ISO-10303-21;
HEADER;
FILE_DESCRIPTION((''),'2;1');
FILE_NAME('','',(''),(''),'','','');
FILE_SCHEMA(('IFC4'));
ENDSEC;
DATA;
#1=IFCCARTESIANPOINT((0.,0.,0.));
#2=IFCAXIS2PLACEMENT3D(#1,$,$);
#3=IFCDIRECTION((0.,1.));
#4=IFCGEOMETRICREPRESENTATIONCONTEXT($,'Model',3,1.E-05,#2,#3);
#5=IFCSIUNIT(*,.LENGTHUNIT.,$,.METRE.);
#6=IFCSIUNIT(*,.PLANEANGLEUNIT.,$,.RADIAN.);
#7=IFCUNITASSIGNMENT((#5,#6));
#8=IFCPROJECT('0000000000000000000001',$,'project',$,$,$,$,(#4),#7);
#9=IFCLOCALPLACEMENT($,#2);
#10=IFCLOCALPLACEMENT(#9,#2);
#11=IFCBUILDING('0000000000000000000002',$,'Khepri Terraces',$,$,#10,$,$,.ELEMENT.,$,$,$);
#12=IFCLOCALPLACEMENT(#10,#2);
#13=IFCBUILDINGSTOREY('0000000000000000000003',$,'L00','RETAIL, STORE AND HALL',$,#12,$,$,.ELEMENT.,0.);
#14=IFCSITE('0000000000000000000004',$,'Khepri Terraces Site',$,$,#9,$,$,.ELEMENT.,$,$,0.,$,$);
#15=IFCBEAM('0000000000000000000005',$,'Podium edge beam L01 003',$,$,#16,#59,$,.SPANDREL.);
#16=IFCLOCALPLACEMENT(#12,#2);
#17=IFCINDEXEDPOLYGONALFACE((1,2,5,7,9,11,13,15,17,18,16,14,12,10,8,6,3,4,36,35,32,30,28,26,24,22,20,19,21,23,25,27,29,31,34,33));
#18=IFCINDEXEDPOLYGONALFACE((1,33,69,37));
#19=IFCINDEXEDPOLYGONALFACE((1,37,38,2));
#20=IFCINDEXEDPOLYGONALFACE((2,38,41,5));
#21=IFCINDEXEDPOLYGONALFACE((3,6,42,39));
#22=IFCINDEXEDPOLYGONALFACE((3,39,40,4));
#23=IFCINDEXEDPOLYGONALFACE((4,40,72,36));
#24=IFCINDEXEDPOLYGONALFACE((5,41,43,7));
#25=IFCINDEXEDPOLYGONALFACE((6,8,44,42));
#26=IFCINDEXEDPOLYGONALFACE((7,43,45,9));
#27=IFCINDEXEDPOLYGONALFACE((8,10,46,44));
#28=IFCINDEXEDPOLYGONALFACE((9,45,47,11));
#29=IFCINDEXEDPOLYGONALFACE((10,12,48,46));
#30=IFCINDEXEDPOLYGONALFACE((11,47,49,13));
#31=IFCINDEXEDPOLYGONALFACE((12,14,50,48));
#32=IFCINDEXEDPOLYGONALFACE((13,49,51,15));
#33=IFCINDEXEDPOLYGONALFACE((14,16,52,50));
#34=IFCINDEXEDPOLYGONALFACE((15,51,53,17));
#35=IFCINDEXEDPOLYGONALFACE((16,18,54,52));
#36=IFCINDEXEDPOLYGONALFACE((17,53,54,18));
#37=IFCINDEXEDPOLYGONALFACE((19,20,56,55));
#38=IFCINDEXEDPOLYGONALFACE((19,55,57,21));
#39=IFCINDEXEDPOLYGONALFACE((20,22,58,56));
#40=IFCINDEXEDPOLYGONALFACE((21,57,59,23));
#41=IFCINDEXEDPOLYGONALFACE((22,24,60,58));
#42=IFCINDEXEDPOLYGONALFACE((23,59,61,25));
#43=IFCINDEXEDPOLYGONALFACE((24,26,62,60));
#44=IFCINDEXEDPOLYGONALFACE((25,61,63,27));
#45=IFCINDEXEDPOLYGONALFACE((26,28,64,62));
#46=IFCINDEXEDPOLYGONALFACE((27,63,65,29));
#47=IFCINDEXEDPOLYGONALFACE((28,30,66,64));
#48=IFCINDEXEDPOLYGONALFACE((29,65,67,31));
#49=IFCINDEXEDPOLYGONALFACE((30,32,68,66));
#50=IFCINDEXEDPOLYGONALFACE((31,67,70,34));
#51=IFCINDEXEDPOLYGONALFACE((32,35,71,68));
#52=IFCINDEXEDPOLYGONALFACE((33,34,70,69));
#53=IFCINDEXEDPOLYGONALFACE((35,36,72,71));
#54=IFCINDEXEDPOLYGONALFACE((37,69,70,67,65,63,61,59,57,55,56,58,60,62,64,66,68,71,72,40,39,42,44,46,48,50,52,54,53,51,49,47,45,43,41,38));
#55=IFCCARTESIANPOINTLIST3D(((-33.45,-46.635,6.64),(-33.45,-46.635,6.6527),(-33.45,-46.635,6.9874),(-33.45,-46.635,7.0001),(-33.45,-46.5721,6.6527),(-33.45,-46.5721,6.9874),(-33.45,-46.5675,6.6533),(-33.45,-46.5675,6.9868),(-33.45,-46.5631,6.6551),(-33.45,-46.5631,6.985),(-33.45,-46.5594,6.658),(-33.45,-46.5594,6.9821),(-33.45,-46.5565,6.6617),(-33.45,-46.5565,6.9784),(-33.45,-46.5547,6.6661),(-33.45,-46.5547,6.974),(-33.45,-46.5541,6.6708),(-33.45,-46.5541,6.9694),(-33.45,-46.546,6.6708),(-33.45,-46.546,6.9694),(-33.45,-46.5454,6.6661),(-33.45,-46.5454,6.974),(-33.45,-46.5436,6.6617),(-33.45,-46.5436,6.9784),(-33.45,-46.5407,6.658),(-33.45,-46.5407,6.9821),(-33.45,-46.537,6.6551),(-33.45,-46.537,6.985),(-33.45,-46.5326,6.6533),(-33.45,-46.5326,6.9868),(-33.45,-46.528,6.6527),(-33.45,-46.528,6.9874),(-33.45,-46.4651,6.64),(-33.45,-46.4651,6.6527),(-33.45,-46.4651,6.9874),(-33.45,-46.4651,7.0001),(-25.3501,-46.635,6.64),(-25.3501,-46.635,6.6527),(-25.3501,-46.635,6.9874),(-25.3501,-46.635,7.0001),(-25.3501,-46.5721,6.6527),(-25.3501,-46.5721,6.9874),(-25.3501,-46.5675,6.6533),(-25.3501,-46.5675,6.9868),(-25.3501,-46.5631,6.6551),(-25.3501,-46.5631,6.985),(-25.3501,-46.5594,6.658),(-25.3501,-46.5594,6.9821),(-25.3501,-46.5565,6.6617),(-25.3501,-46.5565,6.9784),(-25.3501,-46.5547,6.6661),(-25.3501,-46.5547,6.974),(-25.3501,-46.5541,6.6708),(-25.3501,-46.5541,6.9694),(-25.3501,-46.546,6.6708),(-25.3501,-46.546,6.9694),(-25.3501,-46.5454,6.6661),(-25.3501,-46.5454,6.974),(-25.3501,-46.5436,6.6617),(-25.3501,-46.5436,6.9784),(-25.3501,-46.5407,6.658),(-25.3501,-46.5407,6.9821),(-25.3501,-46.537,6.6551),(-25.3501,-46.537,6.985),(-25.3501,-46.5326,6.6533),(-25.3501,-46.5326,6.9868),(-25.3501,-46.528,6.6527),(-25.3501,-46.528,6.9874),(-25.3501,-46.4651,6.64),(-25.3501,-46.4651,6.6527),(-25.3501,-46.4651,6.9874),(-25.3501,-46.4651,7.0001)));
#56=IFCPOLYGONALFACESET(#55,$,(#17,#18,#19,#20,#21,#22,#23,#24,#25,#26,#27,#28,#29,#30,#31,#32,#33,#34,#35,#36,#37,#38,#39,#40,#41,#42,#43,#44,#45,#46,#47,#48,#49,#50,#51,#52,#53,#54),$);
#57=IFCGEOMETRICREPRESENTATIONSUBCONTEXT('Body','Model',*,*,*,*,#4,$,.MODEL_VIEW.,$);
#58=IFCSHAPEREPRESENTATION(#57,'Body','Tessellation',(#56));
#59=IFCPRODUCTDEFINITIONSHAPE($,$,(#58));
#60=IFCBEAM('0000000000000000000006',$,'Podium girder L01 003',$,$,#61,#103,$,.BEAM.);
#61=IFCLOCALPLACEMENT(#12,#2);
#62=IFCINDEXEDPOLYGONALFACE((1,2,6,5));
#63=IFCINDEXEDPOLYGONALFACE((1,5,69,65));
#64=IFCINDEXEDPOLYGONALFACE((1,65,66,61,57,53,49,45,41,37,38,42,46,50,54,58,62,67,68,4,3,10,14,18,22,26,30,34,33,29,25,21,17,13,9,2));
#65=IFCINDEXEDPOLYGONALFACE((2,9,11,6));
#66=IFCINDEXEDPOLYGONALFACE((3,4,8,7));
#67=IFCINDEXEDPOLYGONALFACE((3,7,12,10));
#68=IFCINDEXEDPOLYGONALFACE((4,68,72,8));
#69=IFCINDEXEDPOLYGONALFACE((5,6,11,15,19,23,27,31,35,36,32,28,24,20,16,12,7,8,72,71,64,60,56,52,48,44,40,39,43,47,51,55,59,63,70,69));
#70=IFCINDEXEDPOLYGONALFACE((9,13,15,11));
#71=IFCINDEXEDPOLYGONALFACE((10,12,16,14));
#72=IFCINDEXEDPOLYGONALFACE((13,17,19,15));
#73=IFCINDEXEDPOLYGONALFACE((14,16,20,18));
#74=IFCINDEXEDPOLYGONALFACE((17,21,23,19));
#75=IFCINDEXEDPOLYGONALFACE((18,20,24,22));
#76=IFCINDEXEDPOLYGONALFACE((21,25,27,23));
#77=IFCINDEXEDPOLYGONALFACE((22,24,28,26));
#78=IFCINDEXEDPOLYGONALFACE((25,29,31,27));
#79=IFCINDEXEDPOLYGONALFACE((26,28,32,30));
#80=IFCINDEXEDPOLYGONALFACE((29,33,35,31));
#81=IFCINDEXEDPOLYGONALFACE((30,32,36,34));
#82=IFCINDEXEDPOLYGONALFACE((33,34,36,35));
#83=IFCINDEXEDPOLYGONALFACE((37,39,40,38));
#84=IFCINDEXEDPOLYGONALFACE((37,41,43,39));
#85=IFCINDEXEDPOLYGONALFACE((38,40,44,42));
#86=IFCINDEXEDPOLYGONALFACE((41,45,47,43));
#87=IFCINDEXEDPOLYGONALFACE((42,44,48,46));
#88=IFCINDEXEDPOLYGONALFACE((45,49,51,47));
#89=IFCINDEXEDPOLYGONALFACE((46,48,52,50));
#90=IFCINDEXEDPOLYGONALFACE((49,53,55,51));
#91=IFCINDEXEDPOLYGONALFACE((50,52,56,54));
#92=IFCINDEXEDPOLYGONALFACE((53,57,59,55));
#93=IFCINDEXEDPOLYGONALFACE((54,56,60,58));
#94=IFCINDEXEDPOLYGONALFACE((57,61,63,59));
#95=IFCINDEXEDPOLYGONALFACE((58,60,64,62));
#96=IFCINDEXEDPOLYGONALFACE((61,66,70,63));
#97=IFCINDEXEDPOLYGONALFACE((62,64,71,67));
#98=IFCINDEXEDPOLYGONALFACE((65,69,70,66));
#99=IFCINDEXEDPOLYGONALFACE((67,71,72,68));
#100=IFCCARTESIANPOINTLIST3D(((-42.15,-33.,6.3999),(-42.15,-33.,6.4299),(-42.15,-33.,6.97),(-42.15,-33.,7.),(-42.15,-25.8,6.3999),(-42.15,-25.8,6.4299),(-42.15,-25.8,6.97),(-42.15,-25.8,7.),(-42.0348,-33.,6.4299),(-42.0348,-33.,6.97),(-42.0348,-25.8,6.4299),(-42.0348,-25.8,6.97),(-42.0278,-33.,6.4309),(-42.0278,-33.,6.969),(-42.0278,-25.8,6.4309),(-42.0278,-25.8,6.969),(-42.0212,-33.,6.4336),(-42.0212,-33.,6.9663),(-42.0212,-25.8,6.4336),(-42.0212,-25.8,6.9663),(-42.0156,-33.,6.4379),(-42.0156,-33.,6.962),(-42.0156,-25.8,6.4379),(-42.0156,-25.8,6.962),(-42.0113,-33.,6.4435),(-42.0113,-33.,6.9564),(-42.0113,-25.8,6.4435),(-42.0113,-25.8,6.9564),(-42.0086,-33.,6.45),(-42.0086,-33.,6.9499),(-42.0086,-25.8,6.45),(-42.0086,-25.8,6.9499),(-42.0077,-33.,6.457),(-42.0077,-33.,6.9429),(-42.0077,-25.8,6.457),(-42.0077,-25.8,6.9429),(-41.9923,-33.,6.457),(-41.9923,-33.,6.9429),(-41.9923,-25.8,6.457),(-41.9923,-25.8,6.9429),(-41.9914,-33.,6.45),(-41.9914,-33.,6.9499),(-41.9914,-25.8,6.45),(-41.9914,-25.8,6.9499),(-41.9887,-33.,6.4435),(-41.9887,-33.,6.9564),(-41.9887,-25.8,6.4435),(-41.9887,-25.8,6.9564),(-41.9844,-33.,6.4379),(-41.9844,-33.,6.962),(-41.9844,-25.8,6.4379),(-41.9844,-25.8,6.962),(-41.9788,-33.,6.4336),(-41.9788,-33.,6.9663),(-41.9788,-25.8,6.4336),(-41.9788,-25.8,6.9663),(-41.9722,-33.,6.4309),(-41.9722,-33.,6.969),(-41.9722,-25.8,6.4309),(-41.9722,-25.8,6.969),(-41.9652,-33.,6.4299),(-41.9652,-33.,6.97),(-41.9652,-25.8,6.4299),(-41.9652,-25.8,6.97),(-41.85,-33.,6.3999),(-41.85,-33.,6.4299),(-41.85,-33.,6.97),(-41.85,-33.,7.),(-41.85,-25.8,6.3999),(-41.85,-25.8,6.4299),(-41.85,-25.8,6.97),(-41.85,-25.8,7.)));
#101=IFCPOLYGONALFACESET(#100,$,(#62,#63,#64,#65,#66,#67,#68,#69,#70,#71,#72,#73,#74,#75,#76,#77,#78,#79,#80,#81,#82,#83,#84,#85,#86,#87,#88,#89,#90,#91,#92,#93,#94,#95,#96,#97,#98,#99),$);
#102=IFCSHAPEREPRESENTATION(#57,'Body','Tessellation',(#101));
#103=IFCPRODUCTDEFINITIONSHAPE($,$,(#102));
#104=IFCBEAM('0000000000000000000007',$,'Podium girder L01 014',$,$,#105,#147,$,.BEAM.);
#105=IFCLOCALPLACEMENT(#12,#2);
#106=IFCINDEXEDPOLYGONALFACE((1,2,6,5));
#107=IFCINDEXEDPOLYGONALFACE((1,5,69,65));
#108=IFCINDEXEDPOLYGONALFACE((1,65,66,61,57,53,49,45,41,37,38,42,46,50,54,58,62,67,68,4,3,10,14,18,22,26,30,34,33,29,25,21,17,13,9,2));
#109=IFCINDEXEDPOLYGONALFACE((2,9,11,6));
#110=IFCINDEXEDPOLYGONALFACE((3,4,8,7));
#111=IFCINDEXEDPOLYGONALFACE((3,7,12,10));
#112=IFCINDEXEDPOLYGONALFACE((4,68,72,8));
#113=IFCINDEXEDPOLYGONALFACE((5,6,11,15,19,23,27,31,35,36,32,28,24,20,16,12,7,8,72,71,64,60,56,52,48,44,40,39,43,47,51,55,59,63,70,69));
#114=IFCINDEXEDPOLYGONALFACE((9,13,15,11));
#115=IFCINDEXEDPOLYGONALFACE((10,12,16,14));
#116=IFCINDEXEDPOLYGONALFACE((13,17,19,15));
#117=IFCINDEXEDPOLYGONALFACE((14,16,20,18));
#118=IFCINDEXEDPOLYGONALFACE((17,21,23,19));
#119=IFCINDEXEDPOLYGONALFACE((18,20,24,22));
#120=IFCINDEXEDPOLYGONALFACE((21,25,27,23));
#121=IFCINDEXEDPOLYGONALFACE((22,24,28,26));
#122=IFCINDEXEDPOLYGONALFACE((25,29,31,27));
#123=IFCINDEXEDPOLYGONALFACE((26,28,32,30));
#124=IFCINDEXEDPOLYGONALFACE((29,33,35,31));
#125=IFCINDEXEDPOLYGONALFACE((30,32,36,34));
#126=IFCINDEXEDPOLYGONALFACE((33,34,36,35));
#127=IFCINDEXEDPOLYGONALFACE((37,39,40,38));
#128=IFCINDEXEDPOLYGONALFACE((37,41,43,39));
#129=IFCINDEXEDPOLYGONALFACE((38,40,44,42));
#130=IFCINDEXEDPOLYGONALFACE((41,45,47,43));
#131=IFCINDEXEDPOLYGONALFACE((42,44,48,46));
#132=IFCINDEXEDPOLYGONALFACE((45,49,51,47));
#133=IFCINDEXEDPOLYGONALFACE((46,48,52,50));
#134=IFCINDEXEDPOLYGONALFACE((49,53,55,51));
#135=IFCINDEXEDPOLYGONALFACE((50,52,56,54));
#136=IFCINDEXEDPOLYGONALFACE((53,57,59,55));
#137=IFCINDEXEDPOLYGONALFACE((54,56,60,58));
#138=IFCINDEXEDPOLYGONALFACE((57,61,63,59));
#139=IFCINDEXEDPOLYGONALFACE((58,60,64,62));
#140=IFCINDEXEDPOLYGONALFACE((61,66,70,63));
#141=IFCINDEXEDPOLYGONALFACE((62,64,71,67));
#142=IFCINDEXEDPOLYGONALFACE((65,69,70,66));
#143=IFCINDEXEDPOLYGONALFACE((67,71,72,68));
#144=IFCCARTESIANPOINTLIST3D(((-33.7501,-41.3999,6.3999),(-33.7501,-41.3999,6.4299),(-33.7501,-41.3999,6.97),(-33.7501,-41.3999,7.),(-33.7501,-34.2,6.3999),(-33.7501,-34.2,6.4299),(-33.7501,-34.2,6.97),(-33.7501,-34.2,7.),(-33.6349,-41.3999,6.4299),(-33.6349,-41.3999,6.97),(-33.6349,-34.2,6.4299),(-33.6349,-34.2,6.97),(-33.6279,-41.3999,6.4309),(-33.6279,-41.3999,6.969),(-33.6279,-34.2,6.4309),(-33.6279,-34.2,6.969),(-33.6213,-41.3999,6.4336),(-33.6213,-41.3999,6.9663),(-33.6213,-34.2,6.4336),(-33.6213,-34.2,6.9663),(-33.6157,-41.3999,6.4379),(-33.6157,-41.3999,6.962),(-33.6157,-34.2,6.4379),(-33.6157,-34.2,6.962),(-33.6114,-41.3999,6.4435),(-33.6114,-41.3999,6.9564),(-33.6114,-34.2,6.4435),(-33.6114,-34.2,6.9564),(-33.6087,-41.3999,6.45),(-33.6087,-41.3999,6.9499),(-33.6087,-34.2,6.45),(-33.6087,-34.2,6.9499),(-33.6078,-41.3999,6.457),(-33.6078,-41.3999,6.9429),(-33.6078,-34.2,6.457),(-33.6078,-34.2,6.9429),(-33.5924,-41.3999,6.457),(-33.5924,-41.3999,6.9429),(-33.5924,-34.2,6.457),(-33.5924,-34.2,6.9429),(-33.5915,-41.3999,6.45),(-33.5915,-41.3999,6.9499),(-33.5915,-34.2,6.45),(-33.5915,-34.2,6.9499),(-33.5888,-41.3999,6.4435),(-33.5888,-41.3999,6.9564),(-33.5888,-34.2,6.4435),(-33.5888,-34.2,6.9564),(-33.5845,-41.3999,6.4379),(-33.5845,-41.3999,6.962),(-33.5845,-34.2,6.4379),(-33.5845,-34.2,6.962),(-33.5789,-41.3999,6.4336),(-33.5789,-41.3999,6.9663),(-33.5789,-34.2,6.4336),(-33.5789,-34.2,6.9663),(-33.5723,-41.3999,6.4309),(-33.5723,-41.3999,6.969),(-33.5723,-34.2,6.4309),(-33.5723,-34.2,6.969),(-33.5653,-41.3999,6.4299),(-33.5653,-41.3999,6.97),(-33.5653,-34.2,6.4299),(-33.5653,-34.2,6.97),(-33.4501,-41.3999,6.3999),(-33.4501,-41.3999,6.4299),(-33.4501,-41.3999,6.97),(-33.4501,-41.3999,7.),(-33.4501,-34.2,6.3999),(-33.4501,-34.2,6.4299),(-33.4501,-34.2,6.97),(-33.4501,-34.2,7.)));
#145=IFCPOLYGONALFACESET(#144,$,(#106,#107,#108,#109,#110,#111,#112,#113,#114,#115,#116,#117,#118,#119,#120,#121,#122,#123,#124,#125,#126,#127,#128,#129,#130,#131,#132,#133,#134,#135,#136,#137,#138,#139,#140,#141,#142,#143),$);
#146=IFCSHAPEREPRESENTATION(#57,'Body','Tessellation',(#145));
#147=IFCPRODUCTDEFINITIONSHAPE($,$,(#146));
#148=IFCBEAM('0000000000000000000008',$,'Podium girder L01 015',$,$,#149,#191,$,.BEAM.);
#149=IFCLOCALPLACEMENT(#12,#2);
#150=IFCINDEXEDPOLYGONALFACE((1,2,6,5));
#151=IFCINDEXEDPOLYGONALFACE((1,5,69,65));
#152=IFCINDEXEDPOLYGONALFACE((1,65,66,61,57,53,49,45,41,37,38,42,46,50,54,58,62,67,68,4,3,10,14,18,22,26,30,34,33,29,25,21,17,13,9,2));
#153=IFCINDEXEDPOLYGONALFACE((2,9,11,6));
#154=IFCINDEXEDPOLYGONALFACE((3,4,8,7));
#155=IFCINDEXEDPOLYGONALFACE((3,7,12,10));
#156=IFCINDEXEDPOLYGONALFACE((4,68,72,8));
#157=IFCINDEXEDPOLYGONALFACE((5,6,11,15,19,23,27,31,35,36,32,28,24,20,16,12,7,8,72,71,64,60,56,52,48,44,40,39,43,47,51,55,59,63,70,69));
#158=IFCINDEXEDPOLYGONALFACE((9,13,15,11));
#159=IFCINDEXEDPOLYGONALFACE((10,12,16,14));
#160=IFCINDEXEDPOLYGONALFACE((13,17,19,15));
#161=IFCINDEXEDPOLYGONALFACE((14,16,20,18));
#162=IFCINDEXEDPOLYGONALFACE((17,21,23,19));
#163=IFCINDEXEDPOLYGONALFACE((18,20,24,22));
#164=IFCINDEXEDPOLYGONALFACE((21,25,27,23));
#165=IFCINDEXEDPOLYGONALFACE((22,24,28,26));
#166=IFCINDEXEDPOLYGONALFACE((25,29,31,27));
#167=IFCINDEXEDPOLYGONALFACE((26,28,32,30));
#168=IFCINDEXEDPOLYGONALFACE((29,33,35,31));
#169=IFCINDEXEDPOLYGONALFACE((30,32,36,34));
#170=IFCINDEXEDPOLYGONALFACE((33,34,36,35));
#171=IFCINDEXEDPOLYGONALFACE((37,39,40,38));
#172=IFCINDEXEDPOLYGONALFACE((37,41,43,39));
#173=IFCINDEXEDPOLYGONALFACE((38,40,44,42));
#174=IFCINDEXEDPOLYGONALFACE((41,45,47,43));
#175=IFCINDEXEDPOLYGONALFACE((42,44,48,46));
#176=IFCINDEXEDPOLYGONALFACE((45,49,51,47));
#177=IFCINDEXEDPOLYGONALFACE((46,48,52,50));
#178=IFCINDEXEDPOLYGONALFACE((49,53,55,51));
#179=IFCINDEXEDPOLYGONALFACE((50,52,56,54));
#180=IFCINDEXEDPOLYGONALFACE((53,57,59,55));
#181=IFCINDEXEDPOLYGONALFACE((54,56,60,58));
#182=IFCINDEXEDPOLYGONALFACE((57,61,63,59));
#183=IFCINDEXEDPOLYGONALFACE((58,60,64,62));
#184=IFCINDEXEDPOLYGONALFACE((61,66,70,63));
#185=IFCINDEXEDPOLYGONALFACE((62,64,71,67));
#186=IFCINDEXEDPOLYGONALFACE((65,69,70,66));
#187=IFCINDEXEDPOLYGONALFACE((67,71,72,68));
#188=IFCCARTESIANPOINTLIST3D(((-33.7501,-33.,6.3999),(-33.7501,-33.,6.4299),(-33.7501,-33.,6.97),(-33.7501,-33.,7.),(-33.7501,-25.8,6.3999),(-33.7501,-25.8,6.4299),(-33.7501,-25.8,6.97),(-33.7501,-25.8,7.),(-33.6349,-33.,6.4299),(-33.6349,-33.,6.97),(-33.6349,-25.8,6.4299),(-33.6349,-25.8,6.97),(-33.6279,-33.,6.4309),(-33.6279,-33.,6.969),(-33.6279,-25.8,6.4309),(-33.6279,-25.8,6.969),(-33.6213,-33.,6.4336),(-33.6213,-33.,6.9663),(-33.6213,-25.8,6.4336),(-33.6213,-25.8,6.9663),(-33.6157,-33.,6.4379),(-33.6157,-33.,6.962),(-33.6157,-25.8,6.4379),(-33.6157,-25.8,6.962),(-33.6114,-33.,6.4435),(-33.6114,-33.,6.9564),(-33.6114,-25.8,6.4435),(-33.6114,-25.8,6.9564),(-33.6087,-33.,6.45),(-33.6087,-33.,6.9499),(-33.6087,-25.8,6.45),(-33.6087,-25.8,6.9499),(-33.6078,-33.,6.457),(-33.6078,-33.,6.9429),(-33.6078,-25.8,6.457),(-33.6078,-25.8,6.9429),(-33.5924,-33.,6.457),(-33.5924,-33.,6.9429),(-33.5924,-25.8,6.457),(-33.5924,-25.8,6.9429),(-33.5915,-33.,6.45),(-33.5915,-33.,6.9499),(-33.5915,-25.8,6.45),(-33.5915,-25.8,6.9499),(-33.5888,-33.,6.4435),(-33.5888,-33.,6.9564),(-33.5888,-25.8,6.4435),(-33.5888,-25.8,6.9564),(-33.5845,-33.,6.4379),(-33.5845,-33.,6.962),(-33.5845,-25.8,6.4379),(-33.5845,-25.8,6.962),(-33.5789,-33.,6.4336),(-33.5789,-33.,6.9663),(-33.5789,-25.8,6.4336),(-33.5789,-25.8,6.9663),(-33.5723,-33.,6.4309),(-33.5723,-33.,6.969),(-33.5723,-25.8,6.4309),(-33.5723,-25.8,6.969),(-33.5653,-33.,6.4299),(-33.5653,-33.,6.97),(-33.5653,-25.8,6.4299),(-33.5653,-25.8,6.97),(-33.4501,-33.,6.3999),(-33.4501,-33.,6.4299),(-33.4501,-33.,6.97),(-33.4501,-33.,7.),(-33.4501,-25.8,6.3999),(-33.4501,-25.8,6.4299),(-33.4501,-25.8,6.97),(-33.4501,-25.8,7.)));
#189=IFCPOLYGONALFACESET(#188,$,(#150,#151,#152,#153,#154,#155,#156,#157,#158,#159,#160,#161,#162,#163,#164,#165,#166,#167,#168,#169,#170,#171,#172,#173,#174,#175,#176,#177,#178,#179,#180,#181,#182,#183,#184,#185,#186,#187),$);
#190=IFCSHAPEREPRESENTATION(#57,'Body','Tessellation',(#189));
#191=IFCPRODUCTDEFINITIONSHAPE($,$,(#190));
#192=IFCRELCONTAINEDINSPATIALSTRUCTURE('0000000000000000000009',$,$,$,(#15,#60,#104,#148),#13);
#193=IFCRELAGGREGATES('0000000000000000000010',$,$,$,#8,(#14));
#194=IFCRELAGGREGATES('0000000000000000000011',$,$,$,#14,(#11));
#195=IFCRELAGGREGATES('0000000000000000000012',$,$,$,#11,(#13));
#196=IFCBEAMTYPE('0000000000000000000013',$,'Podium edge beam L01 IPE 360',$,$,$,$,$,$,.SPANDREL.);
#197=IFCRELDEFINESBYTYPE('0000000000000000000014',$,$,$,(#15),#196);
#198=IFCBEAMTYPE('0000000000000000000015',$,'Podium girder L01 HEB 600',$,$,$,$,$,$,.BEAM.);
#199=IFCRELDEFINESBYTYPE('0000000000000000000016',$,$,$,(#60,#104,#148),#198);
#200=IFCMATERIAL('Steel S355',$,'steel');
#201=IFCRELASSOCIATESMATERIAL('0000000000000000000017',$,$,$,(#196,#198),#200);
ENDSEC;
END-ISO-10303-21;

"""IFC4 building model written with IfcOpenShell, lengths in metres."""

from ifc_helpers import new_model, si_unit, direction, frame, origin, origin_2d, place, context, subcontext, project, spatial, i_section, extrude, material, material_profile, profile_set, type_object, element, save


model = new_model("IFC4")

# Units and contexts
model_context = context("Model", 3, precision=1e-05, world=origin(), true_north=direction((0.0, 1.0)))
body_context = subcontext(model_context, "Body", "Model", "MODEL_VIEW")
ifc_project = project(units=[si_unit("LENGTHUNIT", "METRE"), si_unit("PLANEANGLEUNIT", "RADIAN")], contexts=[model_context])

# Site, building, storey
site_placement = place(None, origin())
site = spatial("IfcSite", under=ifc_project, at=site_placement, Name="Khepri Terraces Site", CompositionType="ELEMENT", RefElevation=0.0)
building_placement = place(site_placement, origin())
building = spatial("IfcBuilding", under=site, at=building_placement, Name="Khepri Terraces", CompositionType="ELEMENT")
storey_placement = place(building_placement, origin())
storey = spatial("IfcBuildingStorey", under=building, at=storey_placement, Name="L00", Description="RETAIL, STORE AND HALL", CompositionType="ELEMENT", Elevation=0.0)

# Beams
ifc_material_1 = material(Name="Steel S355", Category="steel")
ifc_material_profile_1 = material_profile(ifc_material_1, i_section(OverallWidth=0.1699, OverallDepth=0.3601, WebThickness=0.0081, FlangeThickness=0.0127, FilletRadius=0.0181, at=origin_2d()), Name="Steel S355", Category="steel")
ifc_profile_set_1 = profile_set([ifc_material_profile_1], Name="Steel S355")
beam_type_1 = type_object("IfcBeamType", Name="Podium edge beam L01 IPE 360", PredefinedType="SPANDREL", material=ifc_profile_set_1)
beam_1_placement = place(storey_placement, frame((-33.45, -46.55, 6.8201), z_axis=(1.0, 0.0, 0.0), x_axis=(0.0, 1.0, 0.0)))
element("IfcBeam", 1, at=beam_1_placement, inside=storey, type_object=beam_type_1, Name="Podium edge beam L01 003", PredefinedType="SPANDREL", context=body_context, shape_type="SweptSolid", body=[
    extrude(i_section(OverallWidth=0.1699, OverallDepth=0.3601, WebThickness=0.0081, FlangeThickness=0.0127, FilletRadius=0.0181, at=origin_2d()), origin(), (0.0, 0.0, 1.0), 8.0999),
])
ifc_material_profile_2 = material_profile(ifc_material_1, i_section(OverallWidth=0.3, OverallDepth=0.6001, WebThickness=0.0154, FlangeThickness=0.03, FilletRadius=0.0271, at=origin_2d()), Name="Steel S355", Category="steel")
ifc_profile_set_2 = profile_set([ifc_material_profile_2], Name="Steel S355")
beam_type_2 = type_object("IfcBeamType", Name="Podium girder L01 HEB 600", PredefinedType="BEAM", material=ifc_profile_set_2)
for number, where, z_axis, x_axis, name in (
    (2, (-42.0, -33.0, 6.7), (0.0, 1.0, 0.0), (-1.0, 0.0, 0.0), "Podium girder L01 003"),
    (3, (-33.6001, -41.3999, 6.7), (0.0, 1.0, 0.0), (-1.0, 0.0, 0.0), "Podium girder L01 014"),
    (4, (-33.6001, -33.0, 6.7), (0.0, 1.0, 0.0), (-1.0, 0.0, 0.0), "Podium girder L01 015"),
):
    element("IfcBeam", number, at=place(storey_placement, frame(where, z_axis=z_axis, x_axis=x_axis)), inside=storey, type_object=beam_type_2, Name=name, PredefinedType="BEAM", context=body_context, shape_type="SweptSolid", body=[
        extrude(i_section(OverallWidth=0.3, OverallDepth=0.6001, WebThickness=0.0154, FlangeThickness=0.03, FilletRadius=0.0271, at=origin_2d()), origin(), (0.0, 0.0, 1.0), 7.2),
    ])

save(model, "model.ifc")
